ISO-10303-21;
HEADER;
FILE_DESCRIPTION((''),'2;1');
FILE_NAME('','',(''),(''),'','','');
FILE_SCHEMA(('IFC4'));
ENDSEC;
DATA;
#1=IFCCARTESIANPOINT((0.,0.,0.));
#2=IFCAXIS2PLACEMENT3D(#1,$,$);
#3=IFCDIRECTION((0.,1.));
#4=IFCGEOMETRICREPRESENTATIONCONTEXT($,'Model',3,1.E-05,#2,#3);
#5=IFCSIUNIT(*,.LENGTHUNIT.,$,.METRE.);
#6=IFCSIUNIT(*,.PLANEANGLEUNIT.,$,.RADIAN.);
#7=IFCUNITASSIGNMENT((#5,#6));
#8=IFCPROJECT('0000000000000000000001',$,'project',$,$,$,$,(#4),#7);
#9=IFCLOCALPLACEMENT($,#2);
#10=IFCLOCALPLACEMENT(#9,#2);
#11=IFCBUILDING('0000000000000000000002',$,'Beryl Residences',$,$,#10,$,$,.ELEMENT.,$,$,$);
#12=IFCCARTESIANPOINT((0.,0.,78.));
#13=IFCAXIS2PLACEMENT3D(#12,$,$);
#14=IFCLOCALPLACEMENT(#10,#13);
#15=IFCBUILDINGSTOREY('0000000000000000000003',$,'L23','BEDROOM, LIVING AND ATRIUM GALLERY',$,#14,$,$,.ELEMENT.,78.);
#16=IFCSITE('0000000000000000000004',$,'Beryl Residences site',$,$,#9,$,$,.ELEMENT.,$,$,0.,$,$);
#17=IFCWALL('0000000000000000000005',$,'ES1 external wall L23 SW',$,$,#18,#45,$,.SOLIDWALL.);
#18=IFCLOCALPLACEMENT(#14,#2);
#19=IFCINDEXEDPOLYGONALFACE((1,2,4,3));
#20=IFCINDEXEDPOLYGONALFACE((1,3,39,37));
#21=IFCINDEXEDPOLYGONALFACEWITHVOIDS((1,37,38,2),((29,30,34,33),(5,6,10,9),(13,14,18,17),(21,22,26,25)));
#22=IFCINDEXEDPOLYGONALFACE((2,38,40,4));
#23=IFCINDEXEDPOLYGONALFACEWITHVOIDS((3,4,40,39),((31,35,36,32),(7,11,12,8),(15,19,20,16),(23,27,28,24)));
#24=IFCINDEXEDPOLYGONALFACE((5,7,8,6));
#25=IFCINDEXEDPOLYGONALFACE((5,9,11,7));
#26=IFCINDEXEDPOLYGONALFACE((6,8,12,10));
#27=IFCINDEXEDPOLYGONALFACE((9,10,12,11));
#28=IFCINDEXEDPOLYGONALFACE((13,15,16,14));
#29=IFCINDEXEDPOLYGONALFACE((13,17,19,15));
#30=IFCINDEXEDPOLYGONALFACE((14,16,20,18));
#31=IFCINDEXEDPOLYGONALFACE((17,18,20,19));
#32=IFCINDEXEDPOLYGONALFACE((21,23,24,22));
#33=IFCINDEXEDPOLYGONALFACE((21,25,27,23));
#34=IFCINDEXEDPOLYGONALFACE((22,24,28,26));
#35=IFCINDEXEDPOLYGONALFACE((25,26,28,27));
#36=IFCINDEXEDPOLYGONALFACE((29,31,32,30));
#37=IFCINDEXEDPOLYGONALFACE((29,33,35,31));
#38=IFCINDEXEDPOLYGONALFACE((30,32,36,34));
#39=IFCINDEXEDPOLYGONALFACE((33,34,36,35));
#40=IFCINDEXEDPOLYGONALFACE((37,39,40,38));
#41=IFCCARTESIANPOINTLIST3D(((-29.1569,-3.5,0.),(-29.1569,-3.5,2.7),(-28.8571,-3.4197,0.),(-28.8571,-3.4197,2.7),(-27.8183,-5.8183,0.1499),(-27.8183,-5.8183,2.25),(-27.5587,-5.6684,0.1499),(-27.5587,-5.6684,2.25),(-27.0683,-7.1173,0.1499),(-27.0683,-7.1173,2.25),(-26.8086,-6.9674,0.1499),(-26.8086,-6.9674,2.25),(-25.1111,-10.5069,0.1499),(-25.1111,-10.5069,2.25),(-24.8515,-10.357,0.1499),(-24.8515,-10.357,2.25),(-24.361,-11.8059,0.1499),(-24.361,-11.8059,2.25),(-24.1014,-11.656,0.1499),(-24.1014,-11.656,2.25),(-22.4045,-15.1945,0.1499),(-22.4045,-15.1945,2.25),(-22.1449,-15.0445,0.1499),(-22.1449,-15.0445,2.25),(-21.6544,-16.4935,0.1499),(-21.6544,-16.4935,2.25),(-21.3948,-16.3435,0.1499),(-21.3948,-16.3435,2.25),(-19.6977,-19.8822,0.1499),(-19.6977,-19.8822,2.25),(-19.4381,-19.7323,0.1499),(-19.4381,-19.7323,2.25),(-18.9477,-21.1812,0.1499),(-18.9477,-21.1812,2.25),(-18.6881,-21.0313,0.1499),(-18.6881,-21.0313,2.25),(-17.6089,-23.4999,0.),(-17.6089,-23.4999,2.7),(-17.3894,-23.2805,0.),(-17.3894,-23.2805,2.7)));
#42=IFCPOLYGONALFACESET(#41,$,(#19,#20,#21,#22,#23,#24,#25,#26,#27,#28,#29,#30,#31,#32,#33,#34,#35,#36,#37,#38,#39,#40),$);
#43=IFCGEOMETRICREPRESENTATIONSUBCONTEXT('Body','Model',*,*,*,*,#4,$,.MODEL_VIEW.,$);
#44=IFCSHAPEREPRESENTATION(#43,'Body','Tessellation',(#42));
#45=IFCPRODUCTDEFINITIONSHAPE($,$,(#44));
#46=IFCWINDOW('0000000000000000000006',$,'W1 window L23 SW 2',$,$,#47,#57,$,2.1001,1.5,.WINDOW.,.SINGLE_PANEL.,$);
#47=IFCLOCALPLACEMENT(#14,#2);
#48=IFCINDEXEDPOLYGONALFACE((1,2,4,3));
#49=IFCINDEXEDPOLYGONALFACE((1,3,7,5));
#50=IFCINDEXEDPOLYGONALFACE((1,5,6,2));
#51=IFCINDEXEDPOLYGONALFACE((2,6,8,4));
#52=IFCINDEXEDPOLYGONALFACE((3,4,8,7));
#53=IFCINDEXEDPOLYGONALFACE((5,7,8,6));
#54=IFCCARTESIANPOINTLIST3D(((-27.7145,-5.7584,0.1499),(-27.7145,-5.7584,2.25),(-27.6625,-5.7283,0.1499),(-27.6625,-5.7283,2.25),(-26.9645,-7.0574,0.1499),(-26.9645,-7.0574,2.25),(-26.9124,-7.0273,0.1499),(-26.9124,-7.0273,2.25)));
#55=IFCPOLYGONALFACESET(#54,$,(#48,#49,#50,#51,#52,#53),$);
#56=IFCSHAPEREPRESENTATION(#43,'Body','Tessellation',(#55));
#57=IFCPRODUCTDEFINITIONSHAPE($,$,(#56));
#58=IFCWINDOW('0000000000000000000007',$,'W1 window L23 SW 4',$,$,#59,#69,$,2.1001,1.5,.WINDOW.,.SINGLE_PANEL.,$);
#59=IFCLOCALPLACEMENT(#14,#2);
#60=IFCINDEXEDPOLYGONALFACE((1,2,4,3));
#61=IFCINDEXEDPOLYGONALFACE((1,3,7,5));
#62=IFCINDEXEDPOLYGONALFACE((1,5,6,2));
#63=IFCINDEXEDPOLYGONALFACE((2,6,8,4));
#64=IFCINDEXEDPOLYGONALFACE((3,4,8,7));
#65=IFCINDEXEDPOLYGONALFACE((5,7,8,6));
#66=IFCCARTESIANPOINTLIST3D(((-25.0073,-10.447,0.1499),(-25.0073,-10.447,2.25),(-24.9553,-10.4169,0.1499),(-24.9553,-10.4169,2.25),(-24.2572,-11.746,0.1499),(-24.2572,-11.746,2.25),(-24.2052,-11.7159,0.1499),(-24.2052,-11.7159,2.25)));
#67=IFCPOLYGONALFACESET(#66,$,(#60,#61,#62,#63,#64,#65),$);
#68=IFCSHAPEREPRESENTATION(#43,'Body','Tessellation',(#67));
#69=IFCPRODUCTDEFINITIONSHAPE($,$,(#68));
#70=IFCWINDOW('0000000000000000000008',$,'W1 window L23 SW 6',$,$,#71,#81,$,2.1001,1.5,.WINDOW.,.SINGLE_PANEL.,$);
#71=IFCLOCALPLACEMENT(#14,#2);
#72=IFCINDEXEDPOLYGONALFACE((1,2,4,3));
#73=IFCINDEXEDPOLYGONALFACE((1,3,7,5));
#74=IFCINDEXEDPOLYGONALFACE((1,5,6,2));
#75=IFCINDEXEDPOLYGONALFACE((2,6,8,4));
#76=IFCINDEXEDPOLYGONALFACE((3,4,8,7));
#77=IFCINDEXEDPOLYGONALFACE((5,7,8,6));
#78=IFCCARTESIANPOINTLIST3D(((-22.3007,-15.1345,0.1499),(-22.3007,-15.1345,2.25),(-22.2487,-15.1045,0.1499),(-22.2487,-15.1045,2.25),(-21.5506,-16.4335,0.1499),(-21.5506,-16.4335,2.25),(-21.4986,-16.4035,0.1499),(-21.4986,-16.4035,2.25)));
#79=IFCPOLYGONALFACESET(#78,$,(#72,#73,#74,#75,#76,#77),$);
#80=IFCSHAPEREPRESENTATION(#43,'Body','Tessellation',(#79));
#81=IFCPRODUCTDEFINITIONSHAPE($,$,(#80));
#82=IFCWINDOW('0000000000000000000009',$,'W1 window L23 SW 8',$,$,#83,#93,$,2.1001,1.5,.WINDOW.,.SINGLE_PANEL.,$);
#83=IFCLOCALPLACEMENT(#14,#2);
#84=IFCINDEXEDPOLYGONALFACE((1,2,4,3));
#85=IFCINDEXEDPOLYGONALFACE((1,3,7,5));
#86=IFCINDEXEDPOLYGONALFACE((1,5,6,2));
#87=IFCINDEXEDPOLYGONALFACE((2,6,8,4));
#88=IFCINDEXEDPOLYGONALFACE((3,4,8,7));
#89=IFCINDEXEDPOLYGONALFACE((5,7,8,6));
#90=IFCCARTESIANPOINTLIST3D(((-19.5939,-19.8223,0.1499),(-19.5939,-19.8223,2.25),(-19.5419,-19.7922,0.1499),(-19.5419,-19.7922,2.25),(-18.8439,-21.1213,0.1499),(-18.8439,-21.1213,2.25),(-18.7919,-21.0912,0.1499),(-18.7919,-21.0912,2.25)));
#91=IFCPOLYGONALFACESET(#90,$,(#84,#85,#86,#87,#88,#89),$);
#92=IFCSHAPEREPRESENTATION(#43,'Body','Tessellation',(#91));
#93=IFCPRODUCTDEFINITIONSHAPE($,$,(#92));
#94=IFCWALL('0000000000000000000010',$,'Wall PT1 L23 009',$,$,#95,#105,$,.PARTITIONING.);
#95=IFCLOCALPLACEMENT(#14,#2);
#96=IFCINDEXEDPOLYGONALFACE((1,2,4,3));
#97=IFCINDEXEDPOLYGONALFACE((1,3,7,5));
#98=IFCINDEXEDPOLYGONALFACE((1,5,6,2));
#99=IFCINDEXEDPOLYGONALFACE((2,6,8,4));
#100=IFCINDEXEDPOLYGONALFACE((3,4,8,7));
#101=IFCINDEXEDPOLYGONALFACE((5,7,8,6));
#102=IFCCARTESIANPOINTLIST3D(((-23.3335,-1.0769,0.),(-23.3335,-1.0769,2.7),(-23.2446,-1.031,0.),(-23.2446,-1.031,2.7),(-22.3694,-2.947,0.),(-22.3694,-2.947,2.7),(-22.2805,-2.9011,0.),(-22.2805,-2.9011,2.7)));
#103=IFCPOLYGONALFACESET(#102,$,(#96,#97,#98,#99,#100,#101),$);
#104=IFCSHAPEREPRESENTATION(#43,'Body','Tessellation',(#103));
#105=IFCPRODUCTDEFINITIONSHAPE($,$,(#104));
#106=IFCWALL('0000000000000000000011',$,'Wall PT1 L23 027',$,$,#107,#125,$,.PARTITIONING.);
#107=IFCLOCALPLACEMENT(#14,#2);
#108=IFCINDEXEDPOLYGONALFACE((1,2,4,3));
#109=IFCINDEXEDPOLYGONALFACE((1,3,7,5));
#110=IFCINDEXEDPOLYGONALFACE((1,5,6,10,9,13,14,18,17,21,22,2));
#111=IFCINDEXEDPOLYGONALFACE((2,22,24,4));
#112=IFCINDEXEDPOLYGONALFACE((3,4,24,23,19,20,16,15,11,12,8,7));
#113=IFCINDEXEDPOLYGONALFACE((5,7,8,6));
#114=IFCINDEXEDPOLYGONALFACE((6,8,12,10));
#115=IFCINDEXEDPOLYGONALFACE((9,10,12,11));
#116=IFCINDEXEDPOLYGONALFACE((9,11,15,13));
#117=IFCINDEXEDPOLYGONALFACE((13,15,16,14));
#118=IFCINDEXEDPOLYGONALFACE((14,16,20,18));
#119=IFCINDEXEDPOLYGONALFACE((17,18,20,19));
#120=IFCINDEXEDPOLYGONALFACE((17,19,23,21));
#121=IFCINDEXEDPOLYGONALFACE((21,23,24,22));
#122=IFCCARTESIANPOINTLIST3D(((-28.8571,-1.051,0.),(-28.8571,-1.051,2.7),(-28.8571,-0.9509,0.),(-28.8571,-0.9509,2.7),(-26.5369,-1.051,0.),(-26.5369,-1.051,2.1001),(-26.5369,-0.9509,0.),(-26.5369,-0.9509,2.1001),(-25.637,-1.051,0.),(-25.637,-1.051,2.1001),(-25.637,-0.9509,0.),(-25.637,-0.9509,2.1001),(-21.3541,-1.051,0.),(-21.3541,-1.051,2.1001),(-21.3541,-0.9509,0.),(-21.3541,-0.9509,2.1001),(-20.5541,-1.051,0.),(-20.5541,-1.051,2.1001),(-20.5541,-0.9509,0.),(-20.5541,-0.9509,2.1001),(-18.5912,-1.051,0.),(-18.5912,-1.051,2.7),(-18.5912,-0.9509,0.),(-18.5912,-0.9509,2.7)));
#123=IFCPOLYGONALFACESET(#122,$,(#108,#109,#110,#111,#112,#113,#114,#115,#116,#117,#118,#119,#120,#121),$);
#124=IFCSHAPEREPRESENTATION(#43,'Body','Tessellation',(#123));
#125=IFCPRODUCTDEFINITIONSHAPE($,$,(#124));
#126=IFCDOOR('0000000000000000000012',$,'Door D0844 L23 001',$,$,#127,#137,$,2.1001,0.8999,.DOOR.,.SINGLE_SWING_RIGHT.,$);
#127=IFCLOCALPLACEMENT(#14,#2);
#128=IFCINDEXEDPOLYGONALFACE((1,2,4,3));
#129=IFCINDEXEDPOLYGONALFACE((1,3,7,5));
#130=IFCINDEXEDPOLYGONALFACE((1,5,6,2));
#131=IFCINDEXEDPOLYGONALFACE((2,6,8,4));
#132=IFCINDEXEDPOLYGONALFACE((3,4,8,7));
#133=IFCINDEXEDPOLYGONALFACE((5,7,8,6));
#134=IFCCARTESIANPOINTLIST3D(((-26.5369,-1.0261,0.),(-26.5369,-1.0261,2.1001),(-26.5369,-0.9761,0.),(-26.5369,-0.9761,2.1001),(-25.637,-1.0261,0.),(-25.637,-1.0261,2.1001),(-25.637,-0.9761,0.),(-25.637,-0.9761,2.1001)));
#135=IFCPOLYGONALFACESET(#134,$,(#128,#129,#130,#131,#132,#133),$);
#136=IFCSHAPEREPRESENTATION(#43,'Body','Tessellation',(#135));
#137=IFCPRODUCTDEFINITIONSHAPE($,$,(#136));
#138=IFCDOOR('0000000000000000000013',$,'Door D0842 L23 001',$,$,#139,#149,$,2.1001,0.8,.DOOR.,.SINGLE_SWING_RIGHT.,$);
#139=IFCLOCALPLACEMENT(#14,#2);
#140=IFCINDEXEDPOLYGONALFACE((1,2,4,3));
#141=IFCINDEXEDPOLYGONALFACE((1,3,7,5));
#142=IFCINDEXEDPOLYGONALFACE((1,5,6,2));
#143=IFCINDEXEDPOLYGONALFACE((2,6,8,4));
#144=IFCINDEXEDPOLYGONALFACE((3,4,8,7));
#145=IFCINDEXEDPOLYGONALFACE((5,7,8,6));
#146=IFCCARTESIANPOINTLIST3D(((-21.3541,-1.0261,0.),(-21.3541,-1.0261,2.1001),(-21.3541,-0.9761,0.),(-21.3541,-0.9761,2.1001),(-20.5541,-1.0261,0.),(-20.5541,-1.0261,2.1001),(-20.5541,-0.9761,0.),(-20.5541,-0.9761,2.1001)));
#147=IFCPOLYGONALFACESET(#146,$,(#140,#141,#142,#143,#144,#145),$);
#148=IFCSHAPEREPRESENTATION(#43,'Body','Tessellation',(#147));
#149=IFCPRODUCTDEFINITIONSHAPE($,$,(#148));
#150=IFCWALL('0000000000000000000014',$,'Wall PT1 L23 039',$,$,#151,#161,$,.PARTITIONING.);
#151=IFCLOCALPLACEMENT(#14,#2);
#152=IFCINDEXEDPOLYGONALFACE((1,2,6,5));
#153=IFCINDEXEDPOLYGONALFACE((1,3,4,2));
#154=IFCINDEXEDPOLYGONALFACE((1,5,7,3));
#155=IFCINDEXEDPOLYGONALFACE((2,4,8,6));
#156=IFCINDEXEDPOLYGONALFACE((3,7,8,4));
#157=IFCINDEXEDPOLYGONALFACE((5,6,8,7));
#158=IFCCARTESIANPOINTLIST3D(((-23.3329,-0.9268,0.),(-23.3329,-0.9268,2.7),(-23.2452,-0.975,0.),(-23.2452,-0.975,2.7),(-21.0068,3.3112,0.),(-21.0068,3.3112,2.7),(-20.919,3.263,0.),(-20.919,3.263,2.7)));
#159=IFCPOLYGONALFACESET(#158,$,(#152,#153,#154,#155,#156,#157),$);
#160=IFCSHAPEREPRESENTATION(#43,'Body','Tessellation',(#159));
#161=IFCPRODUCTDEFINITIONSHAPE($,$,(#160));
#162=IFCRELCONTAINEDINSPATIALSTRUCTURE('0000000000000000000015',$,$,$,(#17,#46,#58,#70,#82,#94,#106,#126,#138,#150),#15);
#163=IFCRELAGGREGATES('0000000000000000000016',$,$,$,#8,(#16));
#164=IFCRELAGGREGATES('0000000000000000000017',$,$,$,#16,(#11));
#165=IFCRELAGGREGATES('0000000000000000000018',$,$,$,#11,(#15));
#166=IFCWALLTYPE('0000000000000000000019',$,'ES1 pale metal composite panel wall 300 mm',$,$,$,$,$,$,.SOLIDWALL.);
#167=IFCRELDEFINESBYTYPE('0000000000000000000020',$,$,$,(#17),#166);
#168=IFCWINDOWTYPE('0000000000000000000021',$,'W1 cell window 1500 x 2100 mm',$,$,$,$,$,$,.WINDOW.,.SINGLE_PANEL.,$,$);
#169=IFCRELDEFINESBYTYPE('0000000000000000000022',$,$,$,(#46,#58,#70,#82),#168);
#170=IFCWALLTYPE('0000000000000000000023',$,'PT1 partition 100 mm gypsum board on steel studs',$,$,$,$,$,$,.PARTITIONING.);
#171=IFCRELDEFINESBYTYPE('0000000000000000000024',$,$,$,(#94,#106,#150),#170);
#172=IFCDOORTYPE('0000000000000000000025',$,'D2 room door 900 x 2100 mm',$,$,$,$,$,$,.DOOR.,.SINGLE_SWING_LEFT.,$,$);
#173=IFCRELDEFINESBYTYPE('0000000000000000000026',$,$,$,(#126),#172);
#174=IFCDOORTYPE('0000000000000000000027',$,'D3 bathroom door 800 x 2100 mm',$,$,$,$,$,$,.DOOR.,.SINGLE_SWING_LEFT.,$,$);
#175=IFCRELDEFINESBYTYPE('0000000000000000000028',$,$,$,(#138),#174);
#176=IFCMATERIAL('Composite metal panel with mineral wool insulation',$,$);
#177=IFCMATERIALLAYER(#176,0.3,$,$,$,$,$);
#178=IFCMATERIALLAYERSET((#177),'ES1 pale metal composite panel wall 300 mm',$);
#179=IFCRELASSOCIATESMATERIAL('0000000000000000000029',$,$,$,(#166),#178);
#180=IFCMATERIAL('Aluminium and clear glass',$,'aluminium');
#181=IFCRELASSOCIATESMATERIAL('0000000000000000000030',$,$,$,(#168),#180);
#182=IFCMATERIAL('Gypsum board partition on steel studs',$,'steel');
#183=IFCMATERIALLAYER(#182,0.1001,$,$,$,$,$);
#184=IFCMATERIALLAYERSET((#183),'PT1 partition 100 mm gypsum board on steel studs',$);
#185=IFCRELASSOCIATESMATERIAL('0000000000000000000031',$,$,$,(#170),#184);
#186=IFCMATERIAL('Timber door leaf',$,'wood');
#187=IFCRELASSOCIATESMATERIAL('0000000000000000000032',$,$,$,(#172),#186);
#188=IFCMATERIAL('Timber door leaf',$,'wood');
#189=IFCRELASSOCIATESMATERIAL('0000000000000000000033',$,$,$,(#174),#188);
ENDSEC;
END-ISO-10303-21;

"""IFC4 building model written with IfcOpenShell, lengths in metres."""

from ifc_helpers import new_model, si_unit, direction, frame, frame_2d, origin, place, context, subcontext, project, spatial, polyline, rectangle, outline, extrude, material, layer, layer_set, type_object, element, fill, save


model = new_model("IFC4")

# Units and contexts
model_context = context("Model", 3, precision=1e-05, world=origin(), true_north=direction((0.0, 1.0)))
body_context = subcontext(model_context, "Body", "Model", "MODEL_VIEW")
ifc_project = project(units=[si_unit("LENGTHUNIT", "METRE"), si_unit("PLANEANGLEUNIT", "RADIAN")], contexts=[model_context])

# Site, building, storey
site_placement = place(None, origin())
site = spatial("IfcSite", under=ifc_project, at=site_placement, Name="Beryl Residences site", CompositionType="ELEMENT", RefElevation=0.0)
building_placement = place(site_placement, origin())
building = spatial("IfcBuilding", under=site, at=building_placement, Name="Beryl Residences", CompositionType="ELEMENT")
storey_placement = place(building_placement, frame((0.0, 0.0, 78.0)))
storey = spatial("IfcBuildingStorey", under=building, at=storey_placement, Name="L23", Description="BEDROOM, LIVING AND ATRIUM GALLERY", CompositionType="ELEMENT", Elevation=78.0)

# Shared definitions
ifc_material_1 = material(Name="Composite metal panel with mineral wool insulation")
ifc_layer_1 = layer(ifc_material_1, 0.3)
ifc_layer_set_1 = layer_set([ifc_layer_1], Name="ES1 pale metal composite panel wall 300 mm")
wall_type_1 = type_object("IfcWallType", Name="ES1 pale metal composite panel wall 300 mm", PredefinedType="SOLIDWALL", material=ifc_layer_set_1)

# Wall, openings, windows
wall_1_placement = place(storey_placement, frame((-29.0271, -3.425, 0.0), z_axis=(0.0, 0.0, 1.0), x_axis=(0.500035, -0.866005, 0.0)))
wall_1 = element("IfcWall", 1, at=wall_1_placement, inside=storey, type_object=wall_type_1, Name="ES1 external wall L23 SW", PredefinedType="SOLIDWALL", context=body_context, shape_type="SweptSolid", body=[
    extrude(outline(polyline([(0.0, -0.1499), (23.0945, -0.1499), (23.0142, 0.1499), (0.0803, 0.1499), (0.0, -0.1499)])), origin(), (0.0, 0.0, 1.0), 2.7),
])
opening_1_placement = place(wall_1_placement, frame((2.677, 0.0, 0.1499)))
opening_1 = element("IfcOpeningElement", 2, at=opening_1_placement, cuts=wall_1, PredefinedType="OPENING", context=body_context, shape_type="SweptSolid", body=[
    extrude(rectangle(XDim=1.5, YDim=2.1001, at=frame_2d((0.75, 1.05))), frame((0.0, 0.1599, 0.0), z_axis=(0.0, -1.0, 0.0), x_axis=(1.0, 0.0, 0.0)), (0.0, 0.0, 1.0), 0.3201),
])
opening_2_placement = place(wall_1_placement, frame((8.0911, 0.0, 0.1499)))
opening_2 = element("IfcOpeningElement", 3, at=opening_2_placement, cuts=wall_1, PredefinedType="OPENING", context=body_context, shape_type="SweptSolid", body=[
    extrude(rectangle(XDim=1.5, YDim=2.1001, at=frame_2d((0.75, 1.05))), frame((0.0, 0.1599, 0.0), z_axis=(0.0, -1.0, 0.0), x_axis=(1.0, 0.0, 0.0)), (0.0, 0.0, 1.0), 0.3201),
])
opening_3_placement = place(wall_1_placement, frame((13.5039, 0.0, 0.1499)))
opening_3 = element("IfcOpeningElement", 4, at=opening_3_placement, cuts=wall_1, PredefinedType="OPENING", context=body_context, shape_type="SweptSolid", body=[
    extrude(rectangle(XDim=1.5, YDim=2.1001, at=frame_2d((0.75, 1.05))), frame((0.0, 0.1599, 0.0), z_axis=(0.0, -1.0, 0.0), x_axis=(1.0, 0.0, 0.0)), (0.0, 0.0, 1.0), 0.3201),
])
opening_4_placement = place(wall_1_placement, frame((18.917, 0.0, 0.1499)))
opening_4 = element("IfcOpeningElement", 5, at=opening_4_placement, cuts=wall_1, PredefinedType="OPENING", context=body_context, shape_type="SweptSolid", body=[
    extrude(rectangle(XDim=1.5, YDim=2.1001, at=frame_2d((0.75, 1.05))), frame((0.0, 0.1599, 0.0), z_axis=(0.0, -1.0, 0.0), x_axis=(1.0, 0.0, 0.0)), (0.0, 0.0, 1.0), 0.3201),
])
ifc_material_2 = material(Name="Aluminium and clear glass", Category="aluminium")
window_type_1 = type_object("IfcWindowType", Name="W1 cell window 1500 x 2100 mm", PartitioningType="SINGLE_PANEL", PredefinedType="WINDOW", material=ifc_material_2)
window_1_placement = place(opening_1_placement, origin())
window_1 = element("IfcWindow", 6, at=window_1_placement, inside=storey, type_object=window_type_1, Name="W1 window L23 SW 2", OverallHeight=2.1001, OverallWidth=1.5, PartitioningType="SINGLE_PANEL", PredefinedType="WINDOW", context=body_context, shape_type="SweptSolid", body=[
    extrude(rectangle(XDim=1.5, YDim=2.1001, at=frame_2d((0.75, 1.05))), frame((0.0, 0.03, 0.0), z_axis=(0.0, -1.0, 0.0), x_axis=(1.0, 0.0, 0.0)), (0.0, 0.0, 1.0), 0.0601),
])
fill(opening_1, window_1)
window_2_placement = place(opening_2_placement, origin())
window_2 = element("IfcWindow", 7, at=window_2_placement, inside=storey, type_object=window_type_1, Name="W1 window L23 SW 4", OverallHeight=2.1001, OverallWidth=1.5, PartitioningType="SINGLE_PANEL", PredefinedType="WINDOW", context=body_context, shape_type="SweptSolid", body=[
    extrude(rectangle(XDim=1.5, YDim=2.1001, at=frame_2d((0.75, 1.05))), frame((0.0, 0.03, 0.0), z_axis=(0.0, -1.0, 0.0), x_axis=(1.0, 0.0, 0.0)), (0.0, 0.0, 1.0), 0.0601),
])
fill(opening_2, window_2)
window_3_placement = place(opening_3_placement, origin())
window_3 = element("IfcWindow", 8, at=window_3_placement, inside=storey, type_object=window_type_1, Name="W1 window L23 SW 6", OverallHeight=2.1001, OverallWidth=1.5, PartitioningType="SINGLE_PANEL", PredefinedType="WINDOW", context=body_context, shape_type="SweptSolid", body=[
    extrude(rectangle(XDim=1.5, YDim=2.1001, at=frame_2d((0.75, 1.05))), frame((0.0, 0.03, 0.0), z_axis=(0.0, -1.0, 0.0), x_axis=(1.0, 0.0, 0.0)), (0.0, 0.0, 1.0), 0.0601),
])
fill(opening_3, window_3)
window_4_placement = place(opening_4_placement, origin())
window_4 = element("IfcWindow", 9, at=window_4_placement, inside=storey, type_object=window_type_1, Name="W1 window L23 SW 8", OverallHeight=2.1001, OverallWidth=1.5, PartitioningType="SINGLE_PANEL", PredefinedType="WINDOW", context=body_context, shape_type="SweptSolid", body=[
    extrude(rectangle(XDim=1.5, YDim=2.1001, at=frame_2d((0.75, 1.05))), frame((0.0, 0.03, 0.0), z_axis=(0.0, -1.0, 0.0), x_axis=(1.0, 0.0, 0.0)), (0.0, 0.0, 1.0), 0.0601),
])
fill(opening_4, window_4)

# Wall
ifc_material_3 = material(Name="Gypsum board partition on steel studs", Category="steel")
ifc_layer_2 = layer(ifc_material_3, 0.1001)
ifc_layer_set_2 = layer_set([ifc_layer_2], Name="PT1 partition 100 mm gypsum board on steel studs")
wall_type_2 = type_object("IfcWallType", Name="PT1 partition 100 mm gypsum board on steel studs", PredefinedType="PARTITIONING", material=ifc_layer_set_2)
wall_2_placement = place(storey_placement, frame((-23.2891, -1.054, 0.0), z_axis=(0.0, 0.0, 1.0), x_axis=(0.458226, -0.888836, 0.0)))
element("IfcWall", 10, at=wall_2_placement, inside=storey, type_object=wall_type_2, Name="Wall PT1 L23 009", PredefinedType="PARTITIONING", context=body_context, shape_type="SweptSolid", body=[
    extrude(rectangle(XDim=2.104, YDim=0.1001, at=frame_2d((1.052, 0.0))), origin(), (0.0, 0.0, 1.0), 2.7),
])

# Wall, openings, doors
wall_3_placement = place(storey_placement, frame((-28.8569, -1.001, 0.0), z_axis=(0.0, 0.0, 1.0), x_axis=(1.0, 0.0, 0.0)))
wall_3 = element("IfcWall", 11, at=wall_3_placement, inside=storey, type_object=wall_type_2, Name="Wall PT1 L23 027", PredefinedType="PARTITIONING", context=body_context, shape_type="SweptSolid", body=[
    extrude(rectangle(XDim=10.2659, YDim=0.1001, at=frame_2d((5.1328, 0.0))), origin(), (0.0, 0.0, 1.0), 2.7),
])
opening_5_placement = place(wall_3_placement, frame((7.5029, 0.0, 0.0)))
opening_5 = element("IfcOpeningElement", 12, at=opening_5_placement, cuts=wall_3, PredefinedType="OPENING", context=body_context, shape_type="SweptSolid", body=[
    extrude(rectangle(XDim=0.8, YDim=2.1001, at=frame_2d((0.3999, 1.05))), frame((0.0, 0.0601, 0.0), z_axis=(0.0, -1.0, 0.0), x_axis=(1.0, 0.0, 0.0)), (0.0, 0.0, 1.0), 0.1201),
])
opening_6_placement = place(wall_3_placement, frame((2.3201, 0.0, 0.0)))
opening_6 = element("IfcOpeningElement", 13, at=opening_6_placement, cuts=wall_3, PredefinedType="OPENING", context=body_context, shape_type="SweptSolid", body=[
    extrude(rectangle(XDim=0.8999, YDim=2.1001, at=frame_2d((0.45, 1.05))), frame((0.0, 0.0601, 0.0), z_axis=(0.0, -1.0, 0.0), x_axis=(1.0, 0.0, 0.0)), (0.0, 0.0, 1.0), 0.1201),
])
ifc_material_4 = material(Name="Timber door leaf", Category="wood")
door_type_1 = type_object("IfcDoorType", Name="D2 room door 900 x 2100 mm", OperationType="SINGLE_SWING_LEFT", PredefinedType="DOOR", material=ifc_material_4)
door_1_placement = place(opening_6_placement, origin())
door_1 = element("IfcDoor", 14, at=door_1_placement, inside=storey, type_object=door_type_1, Name="Door D0844 L23 001", OperationType="SINGLE_SWING_RIGHT", OverallHeight=2.1001, OverallWidth=0.8999, PredefinedType="DOOR", context=body_context, shape_type="SweptSolid", body=[
    extrude(rectangle(XDim=0.8999, YDim=2.1001, at=frame_2d((0.45, 1.05))), frame((0.0, 0.0249, 0.0), z_axis=(0.0, -1.0, 0.0), x_axis=(1.0, 0.0, 0.0)), (0.0, 0.0, 1.0), 0.05),
])
fill(opening_6, door_1)
ifc_material_5 = material(Name="Timber door leaf", Category="wood")
door_type_2 = type_object("IfcDoorType", Name="D3 bathroom door 800 x 2100 mm", OperationType="SINGLE_SWING_LEFT", PredefinedType="DOOR", material=ifc_material_5)
door_2_placement = place(opening_5_placement, origin())
door_2 = element("IfcDoor", 15, at=door_2_placement, inside=storey, type_object=door_type_2, Name="Door D0842 L23 001", OperationType="SINGLE_SWING_RIGHT", OverallHeight=2.1001, OverallWidth=0.8, PredefinedType="DOOR", context=body_context, shape_type="SweptSolid", body=[
    extrude(rectangle(XDim=0.8, YDim=2.1001, at=frame_2d((0.3999, 1.05))), frame((0.0, 0.0249, 0.0), z_axis=(0.0, -1.0, 0.0), x_axis=(1.0, 0.0, 0.0)), (0.0, 0.0, 1.0), 0.05),
])
fill(opening_5, door_2)

# Wall
wall_4_placement = place(storey_placement, frame((-23.2891, -0.9509, 0.0), z_axis=(0.0, 0.0, 1.0), x_axis=(0.481164, 0.87663, 0.0)))
element("IfcWall", 16, at=wall_4_placement, inside=storey, type_object=wall_type_2, Name="Wall PT1 L23 039", PredefinedType="PARTITIONING", context=body_context, shape_type="SweptSolid", body=[
    extrude(rectangle(XDim=4.8345, YDim=0.1001, at=frame_2d((2.4172, 0.0))), origin(), (0.0, 0.0, 1.0), 2.7),
])

save(model, "model.ifc")
